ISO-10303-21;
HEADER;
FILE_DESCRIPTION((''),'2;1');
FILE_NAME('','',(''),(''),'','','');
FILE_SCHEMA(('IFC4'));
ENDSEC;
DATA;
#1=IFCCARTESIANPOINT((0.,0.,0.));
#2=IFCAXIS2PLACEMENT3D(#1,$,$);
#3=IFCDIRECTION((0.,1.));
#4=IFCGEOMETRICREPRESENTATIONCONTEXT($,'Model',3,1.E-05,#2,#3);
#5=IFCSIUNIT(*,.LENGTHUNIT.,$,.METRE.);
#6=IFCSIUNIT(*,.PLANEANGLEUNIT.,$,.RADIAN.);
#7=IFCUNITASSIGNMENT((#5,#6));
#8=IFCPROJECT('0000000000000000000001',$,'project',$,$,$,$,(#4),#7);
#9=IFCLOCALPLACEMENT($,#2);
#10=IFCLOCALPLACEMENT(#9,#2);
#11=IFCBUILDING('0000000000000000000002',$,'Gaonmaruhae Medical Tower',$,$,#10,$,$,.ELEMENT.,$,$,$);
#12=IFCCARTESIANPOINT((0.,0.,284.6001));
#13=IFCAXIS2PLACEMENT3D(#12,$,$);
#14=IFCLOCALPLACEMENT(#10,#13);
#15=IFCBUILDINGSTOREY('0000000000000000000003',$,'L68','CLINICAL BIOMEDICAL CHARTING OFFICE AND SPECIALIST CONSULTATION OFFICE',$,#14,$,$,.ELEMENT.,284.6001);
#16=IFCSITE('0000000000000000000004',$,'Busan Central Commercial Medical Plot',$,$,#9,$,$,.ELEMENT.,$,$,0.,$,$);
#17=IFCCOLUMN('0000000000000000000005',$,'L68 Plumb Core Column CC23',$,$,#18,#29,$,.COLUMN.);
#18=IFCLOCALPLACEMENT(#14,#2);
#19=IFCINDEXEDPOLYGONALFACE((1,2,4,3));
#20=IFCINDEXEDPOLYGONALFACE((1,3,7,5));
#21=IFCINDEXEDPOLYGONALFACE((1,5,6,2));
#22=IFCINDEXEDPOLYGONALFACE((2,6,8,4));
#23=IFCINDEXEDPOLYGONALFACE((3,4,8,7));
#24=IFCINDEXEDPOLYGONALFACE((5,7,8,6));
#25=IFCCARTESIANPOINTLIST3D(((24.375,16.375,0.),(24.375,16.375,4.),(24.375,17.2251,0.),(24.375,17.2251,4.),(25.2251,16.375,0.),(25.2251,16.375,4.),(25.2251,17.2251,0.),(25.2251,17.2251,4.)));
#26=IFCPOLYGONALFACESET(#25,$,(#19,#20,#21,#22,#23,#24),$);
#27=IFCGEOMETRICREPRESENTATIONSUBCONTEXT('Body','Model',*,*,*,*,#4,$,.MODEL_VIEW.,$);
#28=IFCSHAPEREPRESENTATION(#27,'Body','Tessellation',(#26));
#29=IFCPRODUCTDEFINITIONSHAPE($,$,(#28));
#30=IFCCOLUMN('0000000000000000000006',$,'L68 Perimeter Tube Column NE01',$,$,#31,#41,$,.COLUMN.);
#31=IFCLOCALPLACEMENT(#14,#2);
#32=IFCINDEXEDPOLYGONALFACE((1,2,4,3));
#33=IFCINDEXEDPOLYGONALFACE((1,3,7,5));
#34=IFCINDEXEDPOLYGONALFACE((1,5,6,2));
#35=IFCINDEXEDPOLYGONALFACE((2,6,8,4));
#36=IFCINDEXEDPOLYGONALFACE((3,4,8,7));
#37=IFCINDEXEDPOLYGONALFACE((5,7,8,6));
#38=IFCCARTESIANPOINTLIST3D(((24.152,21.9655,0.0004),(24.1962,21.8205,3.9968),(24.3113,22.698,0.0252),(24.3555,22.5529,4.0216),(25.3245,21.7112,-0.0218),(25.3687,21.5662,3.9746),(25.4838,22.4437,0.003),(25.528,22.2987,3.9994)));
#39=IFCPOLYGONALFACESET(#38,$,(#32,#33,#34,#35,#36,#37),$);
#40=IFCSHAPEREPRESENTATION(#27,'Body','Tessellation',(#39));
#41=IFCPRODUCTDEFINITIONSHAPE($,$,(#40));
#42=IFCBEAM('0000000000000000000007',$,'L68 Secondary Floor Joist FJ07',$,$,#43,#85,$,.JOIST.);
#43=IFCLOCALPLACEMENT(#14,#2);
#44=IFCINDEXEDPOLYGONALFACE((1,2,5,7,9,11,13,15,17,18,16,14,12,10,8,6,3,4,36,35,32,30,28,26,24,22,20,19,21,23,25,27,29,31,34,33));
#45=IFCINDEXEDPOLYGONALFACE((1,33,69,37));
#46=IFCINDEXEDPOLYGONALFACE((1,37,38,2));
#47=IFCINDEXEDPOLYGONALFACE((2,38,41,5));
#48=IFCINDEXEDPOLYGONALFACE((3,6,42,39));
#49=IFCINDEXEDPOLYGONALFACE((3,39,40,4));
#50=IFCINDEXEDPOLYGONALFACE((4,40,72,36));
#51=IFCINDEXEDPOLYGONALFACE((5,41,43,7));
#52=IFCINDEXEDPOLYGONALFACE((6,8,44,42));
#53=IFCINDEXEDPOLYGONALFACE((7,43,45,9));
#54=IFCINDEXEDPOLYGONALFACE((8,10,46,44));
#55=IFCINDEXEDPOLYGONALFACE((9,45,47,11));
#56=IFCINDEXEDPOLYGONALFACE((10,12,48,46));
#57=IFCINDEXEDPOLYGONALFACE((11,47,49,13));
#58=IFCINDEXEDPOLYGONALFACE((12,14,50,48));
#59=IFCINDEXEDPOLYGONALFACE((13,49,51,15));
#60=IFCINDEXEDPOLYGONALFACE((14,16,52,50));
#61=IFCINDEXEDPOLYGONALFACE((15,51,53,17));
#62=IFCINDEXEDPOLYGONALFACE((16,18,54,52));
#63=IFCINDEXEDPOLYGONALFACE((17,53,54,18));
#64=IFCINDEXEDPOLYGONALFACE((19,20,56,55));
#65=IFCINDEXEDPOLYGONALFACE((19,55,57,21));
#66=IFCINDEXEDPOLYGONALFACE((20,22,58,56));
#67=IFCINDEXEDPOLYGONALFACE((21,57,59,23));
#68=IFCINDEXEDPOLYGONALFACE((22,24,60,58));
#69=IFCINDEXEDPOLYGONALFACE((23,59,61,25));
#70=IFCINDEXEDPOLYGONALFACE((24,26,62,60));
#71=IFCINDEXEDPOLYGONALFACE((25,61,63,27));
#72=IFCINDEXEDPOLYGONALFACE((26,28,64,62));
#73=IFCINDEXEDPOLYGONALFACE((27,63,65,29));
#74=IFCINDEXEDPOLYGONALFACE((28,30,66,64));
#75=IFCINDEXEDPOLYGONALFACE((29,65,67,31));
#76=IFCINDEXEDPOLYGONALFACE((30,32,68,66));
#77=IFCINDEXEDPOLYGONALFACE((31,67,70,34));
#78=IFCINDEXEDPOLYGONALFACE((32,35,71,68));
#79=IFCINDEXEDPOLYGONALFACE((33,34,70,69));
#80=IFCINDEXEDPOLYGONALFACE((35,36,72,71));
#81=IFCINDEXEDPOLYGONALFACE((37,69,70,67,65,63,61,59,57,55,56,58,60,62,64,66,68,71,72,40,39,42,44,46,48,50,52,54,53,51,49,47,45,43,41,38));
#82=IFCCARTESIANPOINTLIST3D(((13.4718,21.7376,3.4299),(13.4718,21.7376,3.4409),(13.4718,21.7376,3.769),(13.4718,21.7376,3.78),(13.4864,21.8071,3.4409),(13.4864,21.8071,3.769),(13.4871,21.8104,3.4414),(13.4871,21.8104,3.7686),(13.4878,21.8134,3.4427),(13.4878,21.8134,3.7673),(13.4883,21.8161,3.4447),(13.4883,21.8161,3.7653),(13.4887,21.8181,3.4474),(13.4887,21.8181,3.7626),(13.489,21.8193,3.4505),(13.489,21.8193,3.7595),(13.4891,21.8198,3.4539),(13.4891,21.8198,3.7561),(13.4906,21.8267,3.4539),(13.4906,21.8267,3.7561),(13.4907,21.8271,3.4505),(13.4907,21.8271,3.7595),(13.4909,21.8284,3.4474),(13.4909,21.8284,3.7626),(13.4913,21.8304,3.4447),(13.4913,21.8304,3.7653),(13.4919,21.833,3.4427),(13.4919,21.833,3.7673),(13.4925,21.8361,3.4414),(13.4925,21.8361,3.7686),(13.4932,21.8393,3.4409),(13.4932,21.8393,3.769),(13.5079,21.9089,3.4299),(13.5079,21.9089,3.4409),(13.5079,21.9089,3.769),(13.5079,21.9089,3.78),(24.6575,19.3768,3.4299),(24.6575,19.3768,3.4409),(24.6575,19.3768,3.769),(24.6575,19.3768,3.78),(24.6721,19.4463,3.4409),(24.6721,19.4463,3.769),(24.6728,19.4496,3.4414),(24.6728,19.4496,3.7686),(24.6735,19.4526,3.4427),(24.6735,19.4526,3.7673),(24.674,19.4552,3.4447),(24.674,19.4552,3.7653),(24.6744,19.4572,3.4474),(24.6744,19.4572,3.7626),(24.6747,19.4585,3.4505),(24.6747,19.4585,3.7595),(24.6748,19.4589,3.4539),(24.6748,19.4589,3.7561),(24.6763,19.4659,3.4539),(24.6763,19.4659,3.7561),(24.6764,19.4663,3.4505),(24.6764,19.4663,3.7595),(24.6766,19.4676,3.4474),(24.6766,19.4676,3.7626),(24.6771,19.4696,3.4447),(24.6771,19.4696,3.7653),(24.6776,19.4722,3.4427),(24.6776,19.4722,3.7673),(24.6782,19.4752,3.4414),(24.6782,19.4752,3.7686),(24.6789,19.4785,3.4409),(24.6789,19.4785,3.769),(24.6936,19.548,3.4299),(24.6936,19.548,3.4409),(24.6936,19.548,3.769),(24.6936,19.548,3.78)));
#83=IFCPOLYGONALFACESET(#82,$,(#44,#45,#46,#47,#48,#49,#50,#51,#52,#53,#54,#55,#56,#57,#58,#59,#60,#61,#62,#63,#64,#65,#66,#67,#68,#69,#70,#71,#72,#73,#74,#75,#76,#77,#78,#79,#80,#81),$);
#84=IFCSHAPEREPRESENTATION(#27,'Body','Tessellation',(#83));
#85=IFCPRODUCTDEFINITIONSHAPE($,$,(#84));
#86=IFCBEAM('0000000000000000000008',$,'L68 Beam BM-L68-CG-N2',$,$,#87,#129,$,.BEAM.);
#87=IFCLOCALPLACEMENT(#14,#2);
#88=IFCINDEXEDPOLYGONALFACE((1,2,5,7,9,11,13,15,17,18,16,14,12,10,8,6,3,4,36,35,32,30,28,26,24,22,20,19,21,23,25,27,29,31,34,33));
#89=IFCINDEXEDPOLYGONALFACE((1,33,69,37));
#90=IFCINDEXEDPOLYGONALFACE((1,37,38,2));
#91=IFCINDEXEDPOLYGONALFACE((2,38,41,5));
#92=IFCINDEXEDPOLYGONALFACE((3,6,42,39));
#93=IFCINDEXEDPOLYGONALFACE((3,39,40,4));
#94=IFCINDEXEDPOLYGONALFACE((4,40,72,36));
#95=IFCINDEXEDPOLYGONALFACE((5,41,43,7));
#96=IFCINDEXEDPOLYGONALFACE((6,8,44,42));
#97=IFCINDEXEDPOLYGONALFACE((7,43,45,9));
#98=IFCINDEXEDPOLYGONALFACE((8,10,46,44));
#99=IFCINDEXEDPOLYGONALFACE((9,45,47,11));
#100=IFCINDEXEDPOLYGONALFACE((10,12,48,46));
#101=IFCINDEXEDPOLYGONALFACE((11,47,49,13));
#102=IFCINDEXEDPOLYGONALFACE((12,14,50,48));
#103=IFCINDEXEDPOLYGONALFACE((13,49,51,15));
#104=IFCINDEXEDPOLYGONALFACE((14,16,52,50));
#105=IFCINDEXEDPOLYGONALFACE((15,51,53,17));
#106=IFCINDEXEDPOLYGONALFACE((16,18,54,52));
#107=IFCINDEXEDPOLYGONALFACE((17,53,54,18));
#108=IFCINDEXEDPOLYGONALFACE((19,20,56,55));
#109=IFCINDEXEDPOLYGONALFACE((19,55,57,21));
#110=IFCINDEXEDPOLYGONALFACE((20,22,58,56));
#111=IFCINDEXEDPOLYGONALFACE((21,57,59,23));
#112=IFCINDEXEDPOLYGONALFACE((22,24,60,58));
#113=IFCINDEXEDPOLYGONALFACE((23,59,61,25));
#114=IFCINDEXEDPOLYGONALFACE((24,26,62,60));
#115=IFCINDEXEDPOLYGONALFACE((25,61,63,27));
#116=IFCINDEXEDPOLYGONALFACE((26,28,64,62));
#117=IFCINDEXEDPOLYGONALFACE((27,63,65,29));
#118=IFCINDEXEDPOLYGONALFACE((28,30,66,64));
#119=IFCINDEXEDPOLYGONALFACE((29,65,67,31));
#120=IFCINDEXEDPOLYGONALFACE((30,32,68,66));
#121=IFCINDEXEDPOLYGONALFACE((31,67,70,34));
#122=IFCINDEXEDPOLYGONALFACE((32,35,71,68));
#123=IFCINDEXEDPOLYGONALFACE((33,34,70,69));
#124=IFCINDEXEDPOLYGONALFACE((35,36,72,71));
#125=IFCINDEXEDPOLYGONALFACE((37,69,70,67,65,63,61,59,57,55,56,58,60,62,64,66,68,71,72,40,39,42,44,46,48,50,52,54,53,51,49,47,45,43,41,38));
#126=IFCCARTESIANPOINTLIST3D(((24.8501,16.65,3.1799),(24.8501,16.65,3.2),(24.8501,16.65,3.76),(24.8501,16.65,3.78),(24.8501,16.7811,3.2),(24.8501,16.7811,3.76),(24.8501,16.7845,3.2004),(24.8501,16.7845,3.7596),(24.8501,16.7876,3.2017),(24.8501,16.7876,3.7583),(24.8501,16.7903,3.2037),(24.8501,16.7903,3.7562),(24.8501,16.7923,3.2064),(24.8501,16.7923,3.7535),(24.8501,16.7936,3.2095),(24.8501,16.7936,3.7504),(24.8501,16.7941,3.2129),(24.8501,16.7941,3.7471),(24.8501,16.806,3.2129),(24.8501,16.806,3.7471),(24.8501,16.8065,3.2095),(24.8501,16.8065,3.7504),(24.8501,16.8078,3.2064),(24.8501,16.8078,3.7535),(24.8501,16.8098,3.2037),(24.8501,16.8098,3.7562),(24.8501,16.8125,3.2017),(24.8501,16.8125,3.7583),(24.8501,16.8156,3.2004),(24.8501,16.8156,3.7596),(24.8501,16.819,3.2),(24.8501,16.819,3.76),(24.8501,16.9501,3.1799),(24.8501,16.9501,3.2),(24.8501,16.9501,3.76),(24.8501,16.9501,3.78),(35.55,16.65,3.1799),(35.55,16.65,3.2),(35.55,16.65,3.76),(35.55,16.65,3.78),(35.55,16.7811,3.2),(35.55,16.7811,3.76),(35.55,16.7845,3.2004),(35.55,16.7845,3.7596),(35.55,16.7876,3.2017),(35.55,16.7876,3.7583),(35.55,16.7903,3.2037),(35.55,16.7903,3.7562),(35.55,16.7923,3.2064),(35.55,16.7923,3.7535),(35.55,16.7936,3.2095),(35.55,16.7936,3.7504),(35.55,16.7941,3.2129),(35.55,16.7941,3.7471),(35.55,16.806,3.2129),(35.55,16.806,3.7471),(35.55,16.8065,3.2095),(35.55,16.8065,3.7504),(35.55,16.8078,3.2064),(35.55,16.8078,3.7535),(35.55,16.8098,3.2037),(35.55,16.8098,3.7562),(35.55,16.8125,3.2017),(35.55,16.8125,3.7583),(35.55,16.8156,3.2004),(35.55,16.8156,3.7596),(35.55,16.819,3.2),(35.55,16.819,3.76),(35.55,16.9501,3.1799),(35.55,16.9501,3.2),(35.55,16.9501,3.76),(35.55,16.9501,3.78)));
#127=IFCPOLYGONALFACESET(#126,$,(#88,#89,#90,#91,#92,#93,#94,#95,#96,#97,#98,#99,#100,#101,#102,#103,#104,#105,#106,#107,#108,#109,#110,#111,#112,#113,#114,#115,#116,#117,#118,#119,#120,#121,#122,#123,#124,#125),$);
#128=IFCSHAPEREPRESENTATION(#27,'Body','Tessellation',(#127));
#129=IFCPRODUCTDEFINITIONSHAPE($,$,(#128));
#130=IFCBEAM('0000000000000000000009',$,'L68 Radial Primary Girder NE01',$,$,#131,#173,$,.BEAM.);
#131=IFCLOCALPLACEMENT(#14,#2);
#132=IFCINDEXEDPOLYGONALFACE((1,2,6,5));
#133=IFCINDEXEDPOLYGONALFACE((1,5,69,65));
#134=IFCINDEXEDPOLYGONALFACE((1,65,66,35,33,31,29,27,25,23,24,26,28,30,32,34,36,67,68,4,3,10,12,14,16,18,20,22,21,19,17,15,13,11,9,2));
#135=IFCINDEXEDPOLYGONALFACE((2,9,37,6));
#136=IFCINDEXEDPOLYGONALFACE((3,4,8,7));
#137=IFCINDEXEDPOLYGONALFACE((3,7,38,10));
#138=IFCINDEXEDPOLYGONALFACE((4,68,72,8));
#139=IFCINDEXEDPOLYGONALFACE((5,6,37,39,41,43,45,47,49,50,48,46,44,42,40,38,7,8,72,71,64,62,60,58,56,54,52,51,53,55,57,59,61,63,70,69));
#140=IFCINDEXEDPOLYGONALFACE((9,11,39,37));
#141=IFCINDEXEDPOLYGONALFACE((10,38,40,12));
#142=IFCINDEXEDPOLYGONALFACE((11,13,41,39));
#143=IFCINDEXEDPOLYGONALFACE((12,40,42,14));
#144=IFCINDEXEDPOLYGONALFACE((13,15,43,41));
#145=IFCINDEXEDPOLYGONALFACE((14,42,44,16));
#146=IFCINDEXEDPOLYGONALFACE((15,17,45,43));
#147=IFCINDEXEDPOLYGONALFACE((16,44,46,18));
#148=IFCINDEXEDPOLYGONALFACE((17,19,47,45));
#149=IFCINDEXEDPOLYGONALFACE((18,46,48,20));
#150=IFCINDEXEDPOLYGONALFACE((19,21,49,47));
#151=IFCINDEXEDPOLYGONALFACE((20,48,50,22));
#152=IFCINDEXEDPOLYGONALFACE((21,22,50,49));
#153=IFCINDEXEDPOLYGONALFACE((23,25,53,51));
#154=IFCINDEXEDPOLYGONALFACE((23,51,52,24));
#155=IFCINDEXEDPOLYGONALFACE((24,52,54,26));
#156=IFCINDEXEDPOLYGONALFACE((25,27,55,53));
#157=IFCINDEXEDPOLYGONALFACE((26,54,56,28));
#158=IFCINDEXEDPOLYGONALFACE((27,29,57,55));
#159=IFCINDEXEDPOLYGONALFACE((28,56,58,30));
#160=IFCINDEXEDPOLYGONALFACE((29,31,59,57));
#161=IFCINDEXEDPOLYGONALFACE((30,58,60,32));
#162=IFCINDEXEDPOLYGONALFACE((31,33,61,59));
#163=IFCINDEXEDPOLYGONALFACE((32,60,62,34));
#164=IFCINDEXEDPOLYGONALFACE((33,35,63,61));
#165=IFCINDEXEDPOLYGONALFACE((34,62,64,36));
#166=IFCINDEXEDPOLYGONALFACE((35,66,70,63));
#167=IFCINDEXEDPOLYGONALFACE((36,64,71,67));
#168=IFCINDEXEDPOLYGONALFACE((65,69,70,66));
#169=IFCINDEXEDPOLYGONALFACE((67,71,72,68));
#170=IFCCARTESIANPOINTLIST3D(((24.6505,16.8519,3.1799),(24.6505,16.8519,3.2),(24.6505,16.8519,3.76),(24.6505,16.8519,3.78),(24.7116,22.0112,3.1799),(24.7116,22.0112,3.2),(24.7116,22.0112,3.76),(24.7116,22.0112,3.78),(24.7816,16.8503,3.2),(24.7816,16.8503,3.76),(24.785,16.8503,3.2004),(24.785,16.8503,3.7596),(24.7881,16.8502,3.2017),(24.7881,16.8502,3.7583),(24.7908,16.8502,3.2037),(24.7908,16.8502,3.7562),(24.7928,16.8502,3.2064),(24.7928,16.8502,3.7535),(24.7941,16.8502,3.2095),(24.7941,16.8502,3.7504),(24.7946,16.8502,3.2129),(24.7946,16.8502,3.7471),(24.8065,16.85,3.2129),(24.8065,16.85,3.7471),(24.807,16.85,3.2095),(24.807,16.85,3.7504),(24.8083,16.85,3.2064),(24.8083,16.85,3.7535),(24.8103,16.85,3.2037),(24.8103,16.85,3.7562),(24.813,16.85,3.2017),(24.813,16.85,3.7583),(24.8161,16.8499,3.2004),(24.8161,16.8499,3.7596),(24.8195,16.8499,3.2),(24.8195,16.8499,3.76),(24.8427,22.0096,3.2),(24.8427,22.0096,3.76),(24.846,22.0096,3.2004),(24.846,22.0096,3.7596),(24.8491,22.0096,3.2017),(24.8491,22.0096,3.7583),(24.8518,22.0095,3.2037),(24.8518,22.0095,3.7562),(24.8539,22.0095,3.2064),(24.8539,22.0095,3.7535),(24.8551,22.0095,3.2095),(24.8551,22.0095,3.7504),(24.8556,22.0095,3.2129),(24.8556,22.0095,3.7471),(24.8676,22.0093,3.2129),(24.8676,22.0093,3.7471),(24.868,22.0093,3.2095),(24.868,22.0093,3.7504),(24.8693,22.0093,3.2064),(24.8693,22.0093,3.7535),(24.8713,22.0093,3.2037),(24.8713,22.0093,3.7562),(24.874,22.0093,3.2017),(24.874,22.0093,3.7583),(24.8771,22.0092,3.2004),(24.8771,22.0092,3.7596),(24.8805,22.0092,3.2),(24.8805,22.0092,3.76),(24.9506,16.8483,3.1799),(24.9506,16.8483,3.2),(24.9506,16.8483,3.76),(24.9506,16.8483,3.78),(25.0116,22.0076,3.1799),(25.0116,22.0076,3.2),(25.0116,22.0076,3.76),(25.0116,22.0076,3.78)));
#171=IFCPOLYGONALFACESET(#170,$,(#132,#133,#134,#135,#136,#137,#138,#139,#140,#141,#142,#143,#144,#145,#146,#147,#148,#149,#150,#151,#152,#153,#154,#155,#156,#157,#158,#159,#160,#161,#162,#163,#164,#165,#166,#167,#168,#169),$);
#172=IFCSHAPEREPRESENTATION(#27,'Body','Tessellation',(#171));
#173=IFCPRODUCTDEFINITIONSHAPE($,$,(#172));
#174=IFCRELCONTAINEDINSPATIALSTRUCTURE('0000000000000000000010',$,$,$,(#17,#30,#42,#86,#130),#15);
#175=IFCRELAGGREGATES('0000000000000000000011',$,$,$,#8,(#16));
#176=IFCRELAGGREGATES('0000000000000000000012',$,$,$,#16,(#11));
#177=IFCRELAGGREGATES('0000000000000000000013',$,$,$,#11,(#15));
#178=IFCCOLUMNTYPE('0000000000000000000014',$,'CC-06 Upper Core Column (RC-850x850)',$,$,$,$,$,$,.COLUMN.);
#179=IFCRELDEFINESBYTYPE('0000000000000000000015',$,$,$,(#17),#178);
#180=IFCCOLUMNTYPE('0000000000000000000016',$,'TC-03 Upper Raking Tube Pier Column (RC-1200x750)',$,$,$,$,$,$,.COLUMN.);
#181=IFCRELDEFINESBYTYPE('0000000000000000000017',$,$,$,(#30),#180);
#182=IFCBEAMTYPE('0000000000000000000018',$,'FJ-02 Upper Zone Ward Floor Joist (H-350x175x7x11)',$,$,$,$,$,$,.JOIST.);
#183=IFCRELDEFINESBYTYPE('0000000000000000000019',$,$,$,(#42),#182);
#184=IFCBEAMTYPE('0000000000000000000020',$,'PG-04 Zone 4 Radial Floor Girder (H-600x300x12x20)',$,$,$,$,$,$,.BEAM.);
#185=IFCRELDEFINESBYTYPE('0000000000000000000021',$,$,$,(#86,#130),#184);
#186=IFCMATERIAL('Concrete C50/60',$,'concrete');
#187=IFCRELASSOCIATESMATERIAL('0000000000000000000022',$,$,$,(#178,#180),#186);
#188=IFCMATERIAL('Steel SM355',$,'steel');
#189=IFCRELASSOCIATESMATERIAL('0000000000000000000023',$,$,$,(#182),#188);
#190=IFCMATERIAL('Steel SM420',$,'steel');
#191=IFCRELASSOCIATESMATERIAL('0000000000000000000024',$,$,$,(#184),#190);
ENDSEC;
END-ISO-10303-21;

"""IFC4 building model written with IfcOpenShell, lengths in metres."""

from ifc_helpers import new_model, si_unit, direction, frame, origin, origin_2d, place, context, subcontext, project, spatial, rectangle, i_section, extrude, material, material_profile, profile_set, type_object, element, save


model = new_model("IFC4")

# Units and contexts
model_context = context("Model", 3, precision=1e-05, world=origin(), true_north=direction((0.0, 1.0)))
body_context = subcontext(model_context, "Body", "Model", "MODEL_VIEW")
ifc_project = project(units=[si_unit("LENGTHUNIT", "METRE"), si_unit("PLANEANGLEUNIT", "RADIAN")], contexts=[model_context])

# Site, building, storey
site_placement = place(None, origin())
site = spatial("IfcSite", under=ifc_project, at=site_placement, Name="Busan Central Commercial Medical Plot", CompositionType="ELEMENT", RefElevation=0.0)
building_placement = place(site_placement, origin())
building = spatial("IfcBuilding", under=site, at=building_placement, Name="Gaonmaruhae Medical Tower", CompositionType="ELEMENT")
storey_placement = place(building_placement, frame((0.0, 0.0, 284.6001)))
storey = spatial("IfcBuildingStorey", under=building, at=storey_placement, Name="L68", Description="CLINICAL BIOMEDICAL CHARTING OFFICE AND SPECIALIST CONSULTATION OFFICE", CompositionType="ELEMENT", Elevation=284.6001)

# Columns
ifc_material_1 = material(Name="Concrete C50/60", Category="concrete")
ifc_material_profile_1 = material_profile(ifc_material_1, rectangle(XDim=0.8501, YDim=0.8501, at=origin_2d()), Name="RC-850x850")
ifc_profile_set_1 = profile_set([ifc_material_profile_1], Name="Concrete C50/60")
column_type_1 = type_object("IfcColumnType", Name="CC-06 Upper Core Column (RC-850x850)", PredefinedType="COLUMN", material=ifc_profile_set_1)
column_1_placement = place(storey_placement, frame((24.8, 16.8, 0.0), z_axis=(0.0, 0.0, 1.0), x_axis=(1.0, 0.0, 0.0)))
element("IfcColumn", 1, at=column_1_placement, inside=storey, type_object=column_type_1, Name="L68 Plumb Core Column CC23", PredefinedType="COLUMN", context=body_context, shape_type="SweptSolid", body=[
    extrude(rectangle(XDim=0.8501, YDim=0.8501, at=origin_2d()), origin(), (0.0, 0.0, 1.0), 4.0),
])
ifc_material_profile_2 = material_profile(ifc_material_1, rectangle(XDim=1.2, YDim=0.75, at=origin_2d()), Name="RC-1200x750")
ifc_profile_set_2 = profile_set([ifc_material_profile_2], Name="Concrete C50/60")
column_type_2 = type_object("IfcColumnType", Name="TC-03 Upper Raking Tube Pier Column (RC-1200x750)", PredefinedType="COLUMN", material=ifc_profile_set_2)
column_2_placement = place(storey_placement, frame((24.8179, 22.2046, 0.0017), z_axis=(0.01105, -0.036262, 0.999281), x_axis=(-0.977117, 0.211898, 0.018494)))
element("IfcColumn", 2, at=column_2_placement, inside=storey, type_object=column_type_2, Name="L68 Perimeter Tube Column NE01", PredefinedType="COLUMN", context=body_context, shape_type="SweptSolid", body=[
    extrude(rectangle(XDim=1.2, YDim=0.75, at=origin_2d()), origin(), (0.0, 0.0, 1.0), 3.9993),
])

# Beams
ifc_material_2 = material(Name="Steel SM355", Category="steel")
ifc_material_profile_3 = material_profile(ifc_material_2, i_section(OverallWidth=0.175, OverallDepth=0.3501, WebThickness=0.0071, FlangeThickness=0.011, FilletRadius=0.0129, at=origin_2d()), Name="H-350x175x7x11")
ifc_profile_set_3 = profile_set([ifc_material_profile_3], Name="Steel SM355")
beam_type_1 = type_object("IfcBeamType", Name="FJ-02 Upper Zone Ward Floor Joist (H-350x175x7x11)", PredefinedType="JOIST", material=ifc_profile_set_3)
beam_1_placement = place(storey_placement, frame((24.6755, 19.4624, 3.605), z_axis=(-0.978445, 0.206508, 0.0), x_axis=(-0.206508, -0.978445, 0.0)))
element("IfcBeam", 3, at=beam_1_placement, inside=storey, type_object=beam_type_1, Name="L68 Secondary Floor Joist FJ07", PredefinedType="JOIST", context=body_context, shape_type="SweptSolid", body=[
    extrude(i_section(OverallWidth=0.175, OverallDepth=0.3501, WebThickness=0.0071, FlangeThickness=0.011, FilletRadius=0.0129, at=origin_2d()), origin(), (0.0, 0.0, 1.0), 11.4321),
])
ifc_material_3 = material(Name="Steel SM420", Category="steel")
ifc_material_profile_4 = material_profile(ifc_material_3, i_section(OverallWidth=0.3, OverallDepth=0.6001, WebThickness=0.012, FlangeThickness=0.02, FilletRadius=0.0129, at=origin_2d()), Name="H-600x300x12x20")
ifc_profile_set_4 = profile_set([ifc_material_profile_4], Name="Steel SM420")
beam_type_2 = type_object("IfcBeamType", Name="PG-04 Zone 4 Radial Floor Girder (H-600x300x12x20)", PredefinedType="BEAM", material=ifc_profile_set_4)
beam_2_placement = place(storey_placement, frame((24.8501, 16.8, 3.48), z_axis=(1.0, 0.0, 0.0), x_axis=(0.0, 1.0, 0.0)))
element("IfcBeam", 4, at=beam_2_placement, inside=storey, type_object=beam_type_2, Name="L68 Beam BM-L68-CG-N2", PredefinedType="BEAM", context=body_context, shape_type="SweptSolid", body=[
    extrude(i_section(OverallWidth=0.3, OverallDepth=0.6001, WebThickness=0.012, FlangeThickness=0.02, FilletRadius=0.0129, at=origin_2d()), origin(), (0.0, 0.0, 1.0), 10.7),
])
beam_3_placement = place(storey_placement, frame((24.8005, 16.8501, 3.48), z_axis=(0.011829, 0.99993, 0.0), x_axis=(-0.99993, 0.011829, 0.0)))
element("IfcBeam", 5, at=beam_3_placement, inside=storey, type_object=beam_type_2, Name="L68 Radial Primary Girder NE01", PredefinedType="BEAM", context=body_context, shape_type="SweptSolid", body=[
    extrude(i_section(OverallWidth=0.3, OverallDepth=0.6001, WebThickness=0.012, FlangeThickness=0.02, FilletRadius=0.0129, at=origin_2d()), origin(), (0.0, 0.0, 1.0), 5.1597),
])

save(model, "model.ifc")
